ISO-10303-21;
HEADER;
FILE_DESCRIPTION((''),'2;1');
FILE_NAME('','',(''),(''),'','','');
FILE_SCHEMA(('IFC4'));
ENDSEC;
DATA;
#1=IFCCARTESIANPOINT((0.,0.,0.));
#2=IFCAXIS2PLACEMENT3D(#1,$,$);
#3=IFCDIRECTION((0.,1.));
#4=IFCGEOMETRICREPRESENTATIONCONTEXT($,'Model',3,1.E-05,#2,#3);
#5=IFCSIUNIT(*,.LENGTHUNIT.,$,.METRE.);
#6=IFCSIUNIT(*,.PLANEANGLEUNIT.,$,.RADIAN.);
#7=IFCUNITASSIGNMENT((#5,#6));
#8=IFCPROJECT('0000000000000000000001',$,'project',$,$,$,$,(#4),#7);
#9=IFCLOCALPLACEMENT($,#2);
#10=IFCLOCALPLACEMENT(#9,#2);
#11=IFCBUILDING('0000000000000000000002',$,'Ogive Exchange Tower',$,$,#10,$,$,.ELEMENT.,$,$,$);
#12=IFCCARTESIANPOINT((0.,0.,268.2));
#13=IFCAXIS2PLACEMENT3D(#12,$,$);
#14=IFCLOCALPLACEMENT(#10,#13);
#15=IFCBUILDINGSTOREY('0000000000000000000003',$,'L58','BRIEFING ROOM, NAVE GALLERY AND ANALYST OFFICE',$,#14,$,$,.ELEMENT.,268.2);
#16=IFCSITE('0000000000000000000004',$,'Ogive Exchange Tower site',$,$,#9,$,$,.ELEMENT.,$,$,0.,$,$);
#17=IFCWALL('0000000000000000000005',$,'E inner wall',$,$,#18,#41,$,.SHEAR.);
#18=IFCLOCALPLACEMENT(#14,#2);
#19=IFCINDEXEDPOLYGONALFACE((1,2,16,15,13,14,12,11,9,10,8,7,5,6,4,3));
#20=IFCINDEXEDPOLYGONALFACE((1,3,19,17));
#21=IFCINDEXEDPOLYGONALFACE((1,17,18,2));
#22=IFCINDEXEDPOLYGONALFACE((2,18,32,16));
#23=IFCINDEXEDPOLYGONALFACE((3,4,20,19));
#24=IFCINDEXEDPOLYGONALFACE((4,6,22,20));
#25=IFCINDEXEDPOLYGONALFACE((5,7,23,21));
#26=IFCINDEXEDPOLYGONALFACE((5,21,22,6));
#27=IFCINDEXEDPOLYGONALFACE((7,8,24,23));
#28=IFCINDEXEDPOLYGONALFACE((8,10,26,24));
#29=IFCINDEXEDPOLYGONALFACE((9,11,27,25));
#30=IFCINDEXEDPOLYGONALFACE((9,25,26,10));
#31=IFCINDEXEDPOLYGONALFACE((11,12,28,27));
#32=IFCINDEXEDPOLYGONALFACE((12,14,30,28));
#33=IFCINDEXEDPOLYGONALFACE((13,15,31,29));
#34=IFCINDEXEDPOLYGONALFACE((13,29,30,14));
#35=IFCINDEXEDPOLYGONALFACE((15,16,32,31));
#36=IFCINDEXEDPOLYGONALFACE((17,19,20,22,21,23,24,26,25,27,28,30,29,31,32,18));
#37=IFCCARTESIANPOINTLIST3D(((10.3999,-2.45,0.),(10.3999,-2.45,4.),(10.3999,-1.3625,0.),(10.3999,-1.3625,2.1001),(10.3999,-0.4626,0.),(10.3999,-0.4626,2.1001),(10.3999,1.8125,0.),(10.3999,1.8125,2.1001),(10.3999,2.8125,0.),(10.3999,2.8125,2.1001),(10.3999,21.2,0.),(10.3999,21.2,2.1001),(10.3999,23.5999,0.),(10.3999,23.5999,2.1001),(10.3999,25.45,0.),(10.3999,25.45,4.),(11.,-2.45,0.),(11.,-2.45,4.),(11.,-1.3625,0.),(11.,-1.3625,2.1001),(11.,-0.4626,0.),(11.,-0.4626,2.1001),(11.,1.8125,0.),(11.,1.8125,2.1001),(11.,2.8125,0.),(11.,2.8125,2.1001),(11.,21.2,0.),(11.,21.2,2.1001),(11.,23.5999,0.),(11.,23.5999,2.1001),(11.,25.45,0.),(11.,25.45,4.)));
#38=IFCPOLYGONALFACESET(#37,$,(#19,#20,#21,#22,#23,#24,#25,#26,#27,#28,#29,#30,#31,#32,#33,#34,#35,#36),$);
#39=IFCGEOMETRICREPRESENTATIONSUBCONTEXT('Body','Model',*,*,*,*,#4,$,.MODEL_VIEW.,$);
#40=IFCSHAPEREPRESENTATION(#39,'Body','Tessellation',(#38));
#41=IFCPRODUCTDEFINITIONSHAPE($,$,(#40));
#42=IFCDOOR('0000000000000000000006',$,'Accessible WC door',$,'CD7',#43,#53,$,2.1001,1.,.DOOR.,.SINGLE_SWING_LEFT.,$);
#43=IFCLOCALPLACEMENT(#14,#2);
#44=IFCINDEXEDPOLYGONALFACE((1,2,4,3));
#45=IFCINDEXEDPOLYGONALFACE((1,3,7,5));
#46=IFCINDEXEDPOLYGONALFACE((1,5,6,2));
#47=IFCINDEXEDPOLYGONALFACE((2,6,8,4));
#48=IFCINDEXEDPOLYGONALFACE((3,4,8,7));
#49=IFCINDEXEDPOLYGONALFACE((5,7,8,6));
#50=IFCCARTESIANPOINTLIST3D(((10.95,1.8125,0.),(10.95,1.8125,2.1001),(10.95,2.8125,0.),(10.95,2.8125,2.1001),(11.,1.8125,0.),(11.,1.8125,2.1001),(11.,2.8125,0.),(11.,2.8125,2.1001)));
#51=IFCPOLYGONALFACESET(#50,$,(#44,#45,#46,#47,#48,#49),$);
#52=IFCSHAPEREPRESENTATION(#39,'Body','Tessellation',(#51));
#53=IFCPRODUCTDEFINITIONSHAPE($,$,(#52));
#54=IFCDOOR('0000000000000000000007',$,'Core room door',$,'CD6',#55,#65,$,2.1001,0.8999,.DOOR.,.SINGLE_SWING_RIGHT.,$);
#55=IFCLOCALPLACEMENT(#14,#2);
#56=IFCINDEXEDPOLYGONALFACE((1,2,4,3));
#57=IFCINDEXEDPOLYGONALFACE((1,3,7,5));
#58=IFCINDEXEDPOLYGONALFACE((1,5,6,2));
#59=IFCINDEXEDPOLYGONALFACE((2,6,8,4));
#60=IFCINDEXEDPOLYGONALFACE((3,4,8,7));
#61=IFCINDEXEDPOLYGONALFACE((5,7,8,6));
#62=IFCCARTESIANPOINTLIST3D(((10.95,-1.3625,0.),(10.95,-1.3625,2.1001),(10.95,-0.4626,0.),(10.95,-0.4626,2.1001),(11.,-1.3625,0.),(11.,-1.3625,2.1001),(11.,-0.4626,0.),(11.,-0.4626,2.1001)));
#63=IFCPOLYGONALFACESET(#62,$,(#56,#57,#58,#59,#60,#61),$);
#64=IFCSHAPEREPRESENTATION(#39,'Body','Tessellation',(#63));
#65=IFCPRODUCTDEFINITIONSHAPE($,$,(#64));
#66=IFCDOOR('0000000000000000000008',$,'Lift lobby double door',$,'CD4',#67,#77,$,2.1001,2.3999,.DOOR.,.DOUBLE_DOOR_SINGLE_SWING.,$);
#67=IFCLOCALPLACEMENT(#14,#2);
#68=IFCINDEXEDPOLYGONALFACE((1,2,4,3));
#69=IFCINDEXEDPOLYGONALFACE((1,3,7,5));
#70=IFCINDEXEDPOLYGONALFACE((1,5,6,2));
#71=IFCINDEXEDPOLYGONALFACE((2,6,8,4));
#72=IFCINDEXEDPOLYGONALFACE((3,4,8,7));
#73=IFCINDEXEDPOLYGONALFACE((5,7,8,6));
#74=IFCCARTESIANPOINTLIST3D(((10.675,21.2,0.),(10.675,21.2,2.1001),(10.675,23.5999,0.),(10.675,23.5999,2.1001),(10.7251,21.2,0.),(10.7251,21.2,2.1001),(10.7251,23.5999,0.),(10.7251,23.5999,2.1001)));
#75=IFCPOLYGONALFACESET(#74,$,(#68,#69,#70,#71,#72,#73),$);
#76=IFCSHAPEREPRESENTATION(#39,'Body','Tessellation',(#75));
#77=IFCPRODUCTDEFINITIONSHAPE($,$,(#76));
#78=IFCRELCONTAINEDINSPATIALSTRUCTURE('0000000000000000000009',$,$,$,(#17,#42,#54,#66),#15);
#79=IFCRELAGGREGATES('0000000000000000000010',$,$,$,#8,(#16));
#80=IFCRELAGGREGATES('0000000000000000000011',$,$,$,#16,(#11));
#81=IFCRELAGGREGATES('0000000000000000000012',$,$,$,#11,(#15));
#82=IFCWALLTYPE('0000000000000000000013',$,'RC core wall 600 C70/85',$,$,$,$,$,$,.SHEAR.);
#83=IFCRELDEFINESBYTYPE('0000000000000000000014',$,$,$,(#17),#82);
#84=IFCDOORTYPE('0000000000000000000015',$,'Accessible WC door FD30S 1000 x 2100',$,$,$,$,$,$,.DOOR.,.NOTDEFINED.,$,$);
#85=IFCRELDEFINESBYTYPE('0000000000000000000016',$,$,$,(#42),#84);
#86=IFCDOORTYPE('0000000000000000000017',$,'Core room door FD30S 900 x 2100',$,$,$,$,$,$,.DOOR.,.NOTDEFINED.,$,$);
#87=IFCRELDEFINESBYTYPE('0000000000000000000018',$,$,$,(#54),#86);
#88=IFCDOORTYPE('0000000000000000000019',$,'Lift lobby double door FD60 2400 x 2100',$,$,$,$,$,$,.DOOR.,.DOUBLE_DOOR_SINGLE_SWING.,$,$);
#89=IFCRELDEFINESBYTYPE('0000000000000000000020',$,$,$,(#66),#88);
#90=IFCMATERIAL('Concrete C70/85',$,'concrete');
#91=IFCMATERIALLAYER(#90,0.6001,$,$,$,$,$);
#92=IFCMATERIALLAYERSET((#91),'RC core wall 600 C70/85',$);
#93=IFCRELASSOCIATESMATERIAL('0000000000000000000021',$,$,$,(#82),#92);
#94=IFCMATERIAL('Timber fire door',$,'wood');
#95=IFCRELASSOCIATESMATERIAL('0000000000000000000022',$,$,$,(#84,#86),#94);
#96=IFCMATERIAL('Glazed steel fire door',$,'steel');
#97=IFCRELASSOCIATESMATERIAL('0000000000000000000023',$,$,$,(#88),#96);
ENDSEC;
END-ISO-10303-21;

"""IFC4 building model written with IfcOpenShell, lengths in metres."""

from ifc_helpers import new_model, si_unit, direction, frame, frame_2d, origin, place, context, subcontext, project, spatial, rectangle, extrude, material, layer, layer_set, type_object, element, fill, save


model = new_model("IFC4")

# Units and contexts
model_context = context("Model", 3, precision=1e-05, world=origin(), true_north=direction((0.0, 1.0)))
body_context = subcontext(model_context, "Body", "Model", "MODEL_VIEW")
ifc_project = project(units=[si_unit("LENGTHUNIT", "METRE"), si_unit("PLANEANGLEUNIT", "RADIAN")], contexts=[model_context])

# Site, building, storey
site_placement = place(None, origin())
site = spatial("IfcSite", under=ifc_project, at=site_placement, Name="Ogive Exchange Tower site", CompositionType="ELEMENT", RefElevation=0.0)
building_placement = place(site_placement, origin())
building = spatial("IfcBuilding", under=site, at=building_placement, Name="Ogive Exchange Tower", CompositionType="ELEMENT")
storey_placement = place(building_placement, frame((0.0, 0.0, 268.2)))
storey = spatial("IfcBuildingStorey", under=building, at=storey_placement, Name="L58", Description="BRIEFING ROOM, NAVE GALLERY AND ANALYST OFFICE", CompositionType="ELEMENT", Elevation=268.2)

# Shared definitions
ifc_material_1 = material(Name="Concrete C70/85", Category="concrete")

# Wall, openings, doors
ifc_layer_1 = layer(ifc_material_1, 0.6001)
ifc_layer_set_1 = layer_set([ifc_layer_1], Name="RC core wall 600 C70/85")
wall_type_1 = type_object("IfcWallType", Name="RC core wall 600 C70/85", PredefinedType="SHEAR", material=ifc_layer_set_1)
wall_1_placement = place(storey_placement, frame((10.7, -2.45, 0.0), z_axis=(0.0, 0.0, 1.0), x_axis=(0.0, 1.0, 0.0)))
wall_1 = element("IfcWall", 1, at=wall_1_placement, inside=storey, type_object=wall_type_1, Name="E inner wall", PredefinedType="SHEAR", context=body_context, shape_type="SweptSolid", body=[
    extrude(rectangle(XDim=27.8999, YDim=0.6001, at=frame_2d((13.95, 0.0))), origin(), (0.0, 0.0, 1.0), 4.0),
])
opening_1_placement = place(wall_1_placement, frame((23.6499, 0.0, 0.0)))
opening_1 = element("IfcOpeningElement", 2, at=opening_1_placement, cuts=wall_1, PredefinedType="OPENING", context=body_context, shape_type="SweptSolid", body=[
    extrude(rectangle(XDim=2.3999, YDim=2.1001, at=frame_2d((1.2, 1.05))), frame((0.0, 0.3101, 0.0), z_axis=(0.0, -1.0, 0.0), x_axis=(1.0, 0.0, 0.0)), (0.0, 0.0, 1.0), 0.6201),
])
opening_2_placement = place(wall_1_placement, frame((1.0874, 0.0, 0.0)))
opening_2 = element("IfcOpeningElement", 3, at=opening_2_placement, cuts=wall_1, PredefinedType="OPENING", context=body_context, shape_type="SweptSolid", body=[
    extrude(rectangle(XDim=0.8999, YDim=2.1001, at=frame_2d((0.45, 1.05))), frame((0.0, 0.3101, 0.0), z_axis=(0.0, -1.0, 0.0), x_axis=(1.0, 0.0, 0.0)), (0.0, 0.0, 1.0), 0.6201),
])
opening_3_placement = place(wall_1_placement, frame((4.2625, 0.0, 0.0)))
opening_3 = element("IfcOpeningElement", 4, at=opening_3_placement, cuts=wall_1, PredefinedType="OPENING", context=body_context, shape_type="SweptSolid", body=[
    extrude(rectangle(XDim=1.0, YDim=2.1001, at=frame_2d((0.5, 1.05))), frame((0.0, 0.3101, 0.0), z_axis=(0.0, -1.0, 0.0), x_axis=(1.0, 0.0, 0.0)), (0.0, 0.0, 1.0), 0.6201),
])
ifc_material_2 = material(Name="Timber fire door", Category="wood")
door_type_1 = type_object("IfcDoorType", Name="Accessible WC door FD30S 1000 x 2100", OperationType="NOTDEFINED", PredefinedType="DOOR", material=ifc_material_2)
door_1_placement = place(opening_3_placement, origin())
door_1 = element("IfcDoor", 5, at=door_1_placement, inside=storey, type_object=door_type_1, Name="Accessible WC door", ObjectType="CD7", OperationType="SINGLE_SWING_LEFT", OverallHeight=2.1001, OverallWidth=1.0, PredefinedType="DOOR", context=body_context, shape_type="SweptSolid", body=[
    extrude(rectangle(XDim=1.0, YDim=2.1001, at=frame_2d((0.5, 1.05))), frame((0.0, -0.25, 0.0), z_axis=(0.0, -1.0, 0.0), x_axis=(1.0, 0.0, 0.0)), (0.0, 0.0, 1.0), 0.05),
])
fill(opening_3, door_1)
door_type_2 = type_object("IfcDoorType", Name="Core room door FD30S 900 x 2100", OperationType="NOTDEFINED", PredefinedType="DOOR", material=ifc_material_2)
door_2_placement = place(opening_2_placement, origin())
door_2 = element("IfcDoor", 6, at=door_2_placement, inside=storey, type_object=door_type_2, Name="Core room door", ObjectType="CD6", OperationType="SINGLE_SWING_RIGHT", OverallHeight=2.1001, OverallWidth=0.8999, PredefinedType="DOOR", context=body_context, shape_type="SweptSolid", body=[
    extrude(rectangle(XDim=0.8999, YDim=2.1001, at=frame_2d((0.45, 1.05))), frame((0.0, -0.25, 0.0), z_axis=(0.0, -1.0, 0.0), x_axis=(1.0, 0.0, 0.0)), (0.0, 0.0, 1.0), 0.05),
])
fill(opening_2, door_2)
ifc_material_3 = material(Name="Glazed steel fire door", Category="steel")
door_type_3 = type_object("IfcDoorType", Name="Lift lobby double door FD60 2400 x 2100", OperationType="DOUBLE_DOOR_SINGLE_SWING", PredefinedType="DOOR", material=ifc_material_3)
door_3_placement = place(opening_1_placement, origin())
door_3 = element("IfcDoor", 7, at=door_3_placement, inside=storey, type_object=door_type_3, Name="Lift lobby double door", ObjectType="CD4", OperationType="DOUBLE_DOOR_SINGLE_SWING", OverallHeight=2.1001, OverallWidth=2.3999, PredefinedType="DOOR", context=body_context, shape_type="SweptSolid", body=[
    extrude(rectangle(XDim=2.3999, YDim=2.1001, at=frame_2d((1.2, 1.05))), frame((0.0, 0.0249, 0.0), z_axis=(0.0, -1.0, 0.0), x_axis=(1.0, 0.0, 0.0)), (0.0, 0.0, 1.0), 0.05),
])
fill(opening_1, door_3)

save(model, "model.ifc")
